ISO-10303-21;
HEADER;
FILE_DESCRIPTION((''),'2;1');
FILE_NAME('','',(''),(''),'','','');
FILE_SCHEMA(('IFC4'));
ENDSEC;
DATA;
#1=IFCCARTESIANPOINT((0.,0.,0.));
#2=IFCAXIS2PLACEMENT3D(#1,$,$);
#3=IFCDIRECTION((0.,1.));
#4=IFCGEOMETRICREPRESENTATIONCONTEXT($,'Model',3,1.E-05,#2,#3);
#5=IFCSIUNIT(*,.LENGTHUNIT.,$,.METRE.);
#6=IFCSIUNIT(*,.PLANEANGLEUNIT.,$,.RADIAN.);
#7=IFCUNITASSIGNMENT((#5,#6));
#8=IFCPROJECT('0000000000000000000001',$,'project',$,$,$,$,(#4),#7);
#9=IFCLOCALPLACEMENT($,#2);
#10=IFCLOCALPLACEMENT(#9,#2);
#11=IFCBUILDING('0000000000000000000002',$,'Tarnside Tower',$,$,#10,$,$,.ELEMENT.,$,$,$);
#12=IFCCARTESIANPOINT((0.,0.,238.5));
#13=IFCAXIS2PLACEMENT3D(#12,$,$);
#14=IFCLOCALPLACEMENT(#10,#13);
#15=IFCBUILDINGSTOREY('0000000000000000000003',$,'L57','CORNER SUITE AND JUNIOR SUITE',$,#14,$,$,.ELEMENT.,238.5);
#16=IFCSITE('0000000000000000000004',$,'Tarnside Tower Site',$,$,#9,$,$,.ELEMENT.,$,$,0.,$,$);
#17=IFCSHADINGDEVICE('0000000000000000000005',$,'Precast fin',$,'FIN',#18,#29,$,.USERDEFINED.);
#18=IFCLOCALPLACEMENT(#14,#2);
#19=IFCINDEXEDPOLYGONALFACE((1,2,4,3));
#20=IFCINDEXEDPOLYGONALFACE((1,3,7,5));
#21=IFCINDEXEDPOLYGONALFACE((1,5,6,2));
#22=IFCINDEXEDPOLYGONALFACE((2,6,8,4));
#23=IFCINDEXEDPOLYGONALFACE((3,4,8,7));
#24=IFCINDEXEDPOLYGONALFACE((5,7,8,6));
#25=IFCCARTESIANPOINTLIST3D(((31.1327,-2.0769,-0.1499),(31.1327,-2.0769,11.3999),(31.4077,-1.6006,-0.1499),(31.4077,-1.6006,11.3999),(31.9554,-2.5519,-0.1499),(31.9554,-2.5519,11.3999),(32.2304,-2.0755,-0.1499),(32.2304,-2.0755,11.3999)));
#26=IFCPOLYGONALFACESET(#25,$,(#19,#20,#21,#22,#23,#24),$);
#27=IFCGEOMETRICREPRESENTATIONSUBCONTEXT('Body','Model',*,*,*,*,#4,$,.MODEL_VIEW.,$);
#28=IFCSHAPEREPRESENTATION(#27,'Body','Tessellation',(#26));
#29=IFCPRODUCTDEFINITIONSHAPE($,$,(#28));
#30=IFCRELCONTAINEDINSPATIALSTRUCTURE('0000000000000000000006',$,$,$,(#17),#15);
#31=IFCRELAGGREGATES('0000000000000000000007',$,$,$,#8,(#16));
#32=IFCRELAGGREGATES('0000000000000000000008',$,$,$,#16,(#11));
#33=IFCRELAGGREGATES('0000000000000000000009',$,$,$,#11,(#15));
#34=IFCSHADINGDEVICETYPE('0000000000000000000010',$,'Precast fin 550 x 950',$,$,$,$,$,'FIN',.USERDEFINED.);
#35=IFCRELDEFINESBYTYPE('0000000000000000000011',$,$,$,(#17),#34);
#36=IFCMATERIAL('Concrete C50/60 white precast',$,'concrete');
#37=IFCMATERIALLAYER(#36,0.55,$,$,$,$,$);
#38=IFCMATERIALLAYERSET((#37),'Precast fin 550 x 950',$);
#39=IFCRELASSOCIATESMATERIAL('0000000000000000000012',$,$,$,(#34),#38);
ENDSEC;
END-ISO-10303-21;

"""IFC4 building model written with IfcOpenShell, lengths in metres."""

from ifc_helpers import new_model, si_unit, direction, frame, origin, place, context, subcontext, project, spatial, polyline, outline, extrude, material, layer, layer_set, type_object, element, save


model = new_model("IFC4")

# Units and contexts
model_context = context("Model", 3, precision=1e-05, world=origin(), true_north=direction((0.0, 1.0)))
body_context = subcontext(model_context, "Body", "Model", "MODEL_VIEW")
ifc_project = project(units=[si_unit("LENGTHUNIT", "METRE"), si_unit("PLANEANGLEUNIT", "RADIAN")], contexts=[model_context])

# Site, building, storey
site_placement = place(None, origin())
site = spatial("IfcSite", under=ifc_project, at=site_placement, Name="Tarnside Tower Site", CompositionType="ELEMENT", RefElevation=0.0)
building_placement = place(site_placement, origin())
building = spatial("IfcBuilding", under=site, at=building_placement, Name="Tarnside Tower", CompositionType="ELEMENT")
storey_placement = place(building_placement, frame((0.0, 0.0, 238.5)))
storey = spatial("IfcBuildingStorey", under=building, at=storey_placement, Name="L57", Description="CORNER SUITE AND JUNIOR SUITE", CompositionType="ELEMENT", Elevation=238.5)

# Shading device
ifc_material_1 = material(Name="Concrete C50/60 white precast", Category="concrete")
ifc_layer_1 = layer(ifc_material_1, 0.55)
ifc_layer_set_1 = layer_set([ifc_layer_1], Name="Precast fin 550 x 950")
shading_device_type_1 = type_object("IfcShadingDeviceType", Name="Precast fin 550 x 950", ElementType="FIN", PredefinedType="USERDEFINED", material=ifc_layer_set_1)
for number, where, z_axis, x_axis, name in (
    (1, (31.2703, -1.8386, -0.1499), (-0.5, -0.866025, 0.0), (0.866025, -0.5, 0.0), "Precast fin"),
):
    element("IfcShadingDevice", number, at=place(storey_placement, frame(where, z_axis=z_axis, x_axis=x_axis)), inside=storey, type_object=shading_device_type_1, Name=name, ObjectType="FIN", PredefinedType="USERDEFINED", context=body_context, shape_type="SweptSolid", body=[
        extrude(outline(polyline([(0.0, 0.0), (0.95, 0.0), (0.95, 11.5498), (0.0, 11.5498), (0.0, 0.0)])), frame((0.0, 0.0, -0.2749)), (0.0, 0.0, 1.0), 0.55),
    ])

save(model, "model.ifc")
